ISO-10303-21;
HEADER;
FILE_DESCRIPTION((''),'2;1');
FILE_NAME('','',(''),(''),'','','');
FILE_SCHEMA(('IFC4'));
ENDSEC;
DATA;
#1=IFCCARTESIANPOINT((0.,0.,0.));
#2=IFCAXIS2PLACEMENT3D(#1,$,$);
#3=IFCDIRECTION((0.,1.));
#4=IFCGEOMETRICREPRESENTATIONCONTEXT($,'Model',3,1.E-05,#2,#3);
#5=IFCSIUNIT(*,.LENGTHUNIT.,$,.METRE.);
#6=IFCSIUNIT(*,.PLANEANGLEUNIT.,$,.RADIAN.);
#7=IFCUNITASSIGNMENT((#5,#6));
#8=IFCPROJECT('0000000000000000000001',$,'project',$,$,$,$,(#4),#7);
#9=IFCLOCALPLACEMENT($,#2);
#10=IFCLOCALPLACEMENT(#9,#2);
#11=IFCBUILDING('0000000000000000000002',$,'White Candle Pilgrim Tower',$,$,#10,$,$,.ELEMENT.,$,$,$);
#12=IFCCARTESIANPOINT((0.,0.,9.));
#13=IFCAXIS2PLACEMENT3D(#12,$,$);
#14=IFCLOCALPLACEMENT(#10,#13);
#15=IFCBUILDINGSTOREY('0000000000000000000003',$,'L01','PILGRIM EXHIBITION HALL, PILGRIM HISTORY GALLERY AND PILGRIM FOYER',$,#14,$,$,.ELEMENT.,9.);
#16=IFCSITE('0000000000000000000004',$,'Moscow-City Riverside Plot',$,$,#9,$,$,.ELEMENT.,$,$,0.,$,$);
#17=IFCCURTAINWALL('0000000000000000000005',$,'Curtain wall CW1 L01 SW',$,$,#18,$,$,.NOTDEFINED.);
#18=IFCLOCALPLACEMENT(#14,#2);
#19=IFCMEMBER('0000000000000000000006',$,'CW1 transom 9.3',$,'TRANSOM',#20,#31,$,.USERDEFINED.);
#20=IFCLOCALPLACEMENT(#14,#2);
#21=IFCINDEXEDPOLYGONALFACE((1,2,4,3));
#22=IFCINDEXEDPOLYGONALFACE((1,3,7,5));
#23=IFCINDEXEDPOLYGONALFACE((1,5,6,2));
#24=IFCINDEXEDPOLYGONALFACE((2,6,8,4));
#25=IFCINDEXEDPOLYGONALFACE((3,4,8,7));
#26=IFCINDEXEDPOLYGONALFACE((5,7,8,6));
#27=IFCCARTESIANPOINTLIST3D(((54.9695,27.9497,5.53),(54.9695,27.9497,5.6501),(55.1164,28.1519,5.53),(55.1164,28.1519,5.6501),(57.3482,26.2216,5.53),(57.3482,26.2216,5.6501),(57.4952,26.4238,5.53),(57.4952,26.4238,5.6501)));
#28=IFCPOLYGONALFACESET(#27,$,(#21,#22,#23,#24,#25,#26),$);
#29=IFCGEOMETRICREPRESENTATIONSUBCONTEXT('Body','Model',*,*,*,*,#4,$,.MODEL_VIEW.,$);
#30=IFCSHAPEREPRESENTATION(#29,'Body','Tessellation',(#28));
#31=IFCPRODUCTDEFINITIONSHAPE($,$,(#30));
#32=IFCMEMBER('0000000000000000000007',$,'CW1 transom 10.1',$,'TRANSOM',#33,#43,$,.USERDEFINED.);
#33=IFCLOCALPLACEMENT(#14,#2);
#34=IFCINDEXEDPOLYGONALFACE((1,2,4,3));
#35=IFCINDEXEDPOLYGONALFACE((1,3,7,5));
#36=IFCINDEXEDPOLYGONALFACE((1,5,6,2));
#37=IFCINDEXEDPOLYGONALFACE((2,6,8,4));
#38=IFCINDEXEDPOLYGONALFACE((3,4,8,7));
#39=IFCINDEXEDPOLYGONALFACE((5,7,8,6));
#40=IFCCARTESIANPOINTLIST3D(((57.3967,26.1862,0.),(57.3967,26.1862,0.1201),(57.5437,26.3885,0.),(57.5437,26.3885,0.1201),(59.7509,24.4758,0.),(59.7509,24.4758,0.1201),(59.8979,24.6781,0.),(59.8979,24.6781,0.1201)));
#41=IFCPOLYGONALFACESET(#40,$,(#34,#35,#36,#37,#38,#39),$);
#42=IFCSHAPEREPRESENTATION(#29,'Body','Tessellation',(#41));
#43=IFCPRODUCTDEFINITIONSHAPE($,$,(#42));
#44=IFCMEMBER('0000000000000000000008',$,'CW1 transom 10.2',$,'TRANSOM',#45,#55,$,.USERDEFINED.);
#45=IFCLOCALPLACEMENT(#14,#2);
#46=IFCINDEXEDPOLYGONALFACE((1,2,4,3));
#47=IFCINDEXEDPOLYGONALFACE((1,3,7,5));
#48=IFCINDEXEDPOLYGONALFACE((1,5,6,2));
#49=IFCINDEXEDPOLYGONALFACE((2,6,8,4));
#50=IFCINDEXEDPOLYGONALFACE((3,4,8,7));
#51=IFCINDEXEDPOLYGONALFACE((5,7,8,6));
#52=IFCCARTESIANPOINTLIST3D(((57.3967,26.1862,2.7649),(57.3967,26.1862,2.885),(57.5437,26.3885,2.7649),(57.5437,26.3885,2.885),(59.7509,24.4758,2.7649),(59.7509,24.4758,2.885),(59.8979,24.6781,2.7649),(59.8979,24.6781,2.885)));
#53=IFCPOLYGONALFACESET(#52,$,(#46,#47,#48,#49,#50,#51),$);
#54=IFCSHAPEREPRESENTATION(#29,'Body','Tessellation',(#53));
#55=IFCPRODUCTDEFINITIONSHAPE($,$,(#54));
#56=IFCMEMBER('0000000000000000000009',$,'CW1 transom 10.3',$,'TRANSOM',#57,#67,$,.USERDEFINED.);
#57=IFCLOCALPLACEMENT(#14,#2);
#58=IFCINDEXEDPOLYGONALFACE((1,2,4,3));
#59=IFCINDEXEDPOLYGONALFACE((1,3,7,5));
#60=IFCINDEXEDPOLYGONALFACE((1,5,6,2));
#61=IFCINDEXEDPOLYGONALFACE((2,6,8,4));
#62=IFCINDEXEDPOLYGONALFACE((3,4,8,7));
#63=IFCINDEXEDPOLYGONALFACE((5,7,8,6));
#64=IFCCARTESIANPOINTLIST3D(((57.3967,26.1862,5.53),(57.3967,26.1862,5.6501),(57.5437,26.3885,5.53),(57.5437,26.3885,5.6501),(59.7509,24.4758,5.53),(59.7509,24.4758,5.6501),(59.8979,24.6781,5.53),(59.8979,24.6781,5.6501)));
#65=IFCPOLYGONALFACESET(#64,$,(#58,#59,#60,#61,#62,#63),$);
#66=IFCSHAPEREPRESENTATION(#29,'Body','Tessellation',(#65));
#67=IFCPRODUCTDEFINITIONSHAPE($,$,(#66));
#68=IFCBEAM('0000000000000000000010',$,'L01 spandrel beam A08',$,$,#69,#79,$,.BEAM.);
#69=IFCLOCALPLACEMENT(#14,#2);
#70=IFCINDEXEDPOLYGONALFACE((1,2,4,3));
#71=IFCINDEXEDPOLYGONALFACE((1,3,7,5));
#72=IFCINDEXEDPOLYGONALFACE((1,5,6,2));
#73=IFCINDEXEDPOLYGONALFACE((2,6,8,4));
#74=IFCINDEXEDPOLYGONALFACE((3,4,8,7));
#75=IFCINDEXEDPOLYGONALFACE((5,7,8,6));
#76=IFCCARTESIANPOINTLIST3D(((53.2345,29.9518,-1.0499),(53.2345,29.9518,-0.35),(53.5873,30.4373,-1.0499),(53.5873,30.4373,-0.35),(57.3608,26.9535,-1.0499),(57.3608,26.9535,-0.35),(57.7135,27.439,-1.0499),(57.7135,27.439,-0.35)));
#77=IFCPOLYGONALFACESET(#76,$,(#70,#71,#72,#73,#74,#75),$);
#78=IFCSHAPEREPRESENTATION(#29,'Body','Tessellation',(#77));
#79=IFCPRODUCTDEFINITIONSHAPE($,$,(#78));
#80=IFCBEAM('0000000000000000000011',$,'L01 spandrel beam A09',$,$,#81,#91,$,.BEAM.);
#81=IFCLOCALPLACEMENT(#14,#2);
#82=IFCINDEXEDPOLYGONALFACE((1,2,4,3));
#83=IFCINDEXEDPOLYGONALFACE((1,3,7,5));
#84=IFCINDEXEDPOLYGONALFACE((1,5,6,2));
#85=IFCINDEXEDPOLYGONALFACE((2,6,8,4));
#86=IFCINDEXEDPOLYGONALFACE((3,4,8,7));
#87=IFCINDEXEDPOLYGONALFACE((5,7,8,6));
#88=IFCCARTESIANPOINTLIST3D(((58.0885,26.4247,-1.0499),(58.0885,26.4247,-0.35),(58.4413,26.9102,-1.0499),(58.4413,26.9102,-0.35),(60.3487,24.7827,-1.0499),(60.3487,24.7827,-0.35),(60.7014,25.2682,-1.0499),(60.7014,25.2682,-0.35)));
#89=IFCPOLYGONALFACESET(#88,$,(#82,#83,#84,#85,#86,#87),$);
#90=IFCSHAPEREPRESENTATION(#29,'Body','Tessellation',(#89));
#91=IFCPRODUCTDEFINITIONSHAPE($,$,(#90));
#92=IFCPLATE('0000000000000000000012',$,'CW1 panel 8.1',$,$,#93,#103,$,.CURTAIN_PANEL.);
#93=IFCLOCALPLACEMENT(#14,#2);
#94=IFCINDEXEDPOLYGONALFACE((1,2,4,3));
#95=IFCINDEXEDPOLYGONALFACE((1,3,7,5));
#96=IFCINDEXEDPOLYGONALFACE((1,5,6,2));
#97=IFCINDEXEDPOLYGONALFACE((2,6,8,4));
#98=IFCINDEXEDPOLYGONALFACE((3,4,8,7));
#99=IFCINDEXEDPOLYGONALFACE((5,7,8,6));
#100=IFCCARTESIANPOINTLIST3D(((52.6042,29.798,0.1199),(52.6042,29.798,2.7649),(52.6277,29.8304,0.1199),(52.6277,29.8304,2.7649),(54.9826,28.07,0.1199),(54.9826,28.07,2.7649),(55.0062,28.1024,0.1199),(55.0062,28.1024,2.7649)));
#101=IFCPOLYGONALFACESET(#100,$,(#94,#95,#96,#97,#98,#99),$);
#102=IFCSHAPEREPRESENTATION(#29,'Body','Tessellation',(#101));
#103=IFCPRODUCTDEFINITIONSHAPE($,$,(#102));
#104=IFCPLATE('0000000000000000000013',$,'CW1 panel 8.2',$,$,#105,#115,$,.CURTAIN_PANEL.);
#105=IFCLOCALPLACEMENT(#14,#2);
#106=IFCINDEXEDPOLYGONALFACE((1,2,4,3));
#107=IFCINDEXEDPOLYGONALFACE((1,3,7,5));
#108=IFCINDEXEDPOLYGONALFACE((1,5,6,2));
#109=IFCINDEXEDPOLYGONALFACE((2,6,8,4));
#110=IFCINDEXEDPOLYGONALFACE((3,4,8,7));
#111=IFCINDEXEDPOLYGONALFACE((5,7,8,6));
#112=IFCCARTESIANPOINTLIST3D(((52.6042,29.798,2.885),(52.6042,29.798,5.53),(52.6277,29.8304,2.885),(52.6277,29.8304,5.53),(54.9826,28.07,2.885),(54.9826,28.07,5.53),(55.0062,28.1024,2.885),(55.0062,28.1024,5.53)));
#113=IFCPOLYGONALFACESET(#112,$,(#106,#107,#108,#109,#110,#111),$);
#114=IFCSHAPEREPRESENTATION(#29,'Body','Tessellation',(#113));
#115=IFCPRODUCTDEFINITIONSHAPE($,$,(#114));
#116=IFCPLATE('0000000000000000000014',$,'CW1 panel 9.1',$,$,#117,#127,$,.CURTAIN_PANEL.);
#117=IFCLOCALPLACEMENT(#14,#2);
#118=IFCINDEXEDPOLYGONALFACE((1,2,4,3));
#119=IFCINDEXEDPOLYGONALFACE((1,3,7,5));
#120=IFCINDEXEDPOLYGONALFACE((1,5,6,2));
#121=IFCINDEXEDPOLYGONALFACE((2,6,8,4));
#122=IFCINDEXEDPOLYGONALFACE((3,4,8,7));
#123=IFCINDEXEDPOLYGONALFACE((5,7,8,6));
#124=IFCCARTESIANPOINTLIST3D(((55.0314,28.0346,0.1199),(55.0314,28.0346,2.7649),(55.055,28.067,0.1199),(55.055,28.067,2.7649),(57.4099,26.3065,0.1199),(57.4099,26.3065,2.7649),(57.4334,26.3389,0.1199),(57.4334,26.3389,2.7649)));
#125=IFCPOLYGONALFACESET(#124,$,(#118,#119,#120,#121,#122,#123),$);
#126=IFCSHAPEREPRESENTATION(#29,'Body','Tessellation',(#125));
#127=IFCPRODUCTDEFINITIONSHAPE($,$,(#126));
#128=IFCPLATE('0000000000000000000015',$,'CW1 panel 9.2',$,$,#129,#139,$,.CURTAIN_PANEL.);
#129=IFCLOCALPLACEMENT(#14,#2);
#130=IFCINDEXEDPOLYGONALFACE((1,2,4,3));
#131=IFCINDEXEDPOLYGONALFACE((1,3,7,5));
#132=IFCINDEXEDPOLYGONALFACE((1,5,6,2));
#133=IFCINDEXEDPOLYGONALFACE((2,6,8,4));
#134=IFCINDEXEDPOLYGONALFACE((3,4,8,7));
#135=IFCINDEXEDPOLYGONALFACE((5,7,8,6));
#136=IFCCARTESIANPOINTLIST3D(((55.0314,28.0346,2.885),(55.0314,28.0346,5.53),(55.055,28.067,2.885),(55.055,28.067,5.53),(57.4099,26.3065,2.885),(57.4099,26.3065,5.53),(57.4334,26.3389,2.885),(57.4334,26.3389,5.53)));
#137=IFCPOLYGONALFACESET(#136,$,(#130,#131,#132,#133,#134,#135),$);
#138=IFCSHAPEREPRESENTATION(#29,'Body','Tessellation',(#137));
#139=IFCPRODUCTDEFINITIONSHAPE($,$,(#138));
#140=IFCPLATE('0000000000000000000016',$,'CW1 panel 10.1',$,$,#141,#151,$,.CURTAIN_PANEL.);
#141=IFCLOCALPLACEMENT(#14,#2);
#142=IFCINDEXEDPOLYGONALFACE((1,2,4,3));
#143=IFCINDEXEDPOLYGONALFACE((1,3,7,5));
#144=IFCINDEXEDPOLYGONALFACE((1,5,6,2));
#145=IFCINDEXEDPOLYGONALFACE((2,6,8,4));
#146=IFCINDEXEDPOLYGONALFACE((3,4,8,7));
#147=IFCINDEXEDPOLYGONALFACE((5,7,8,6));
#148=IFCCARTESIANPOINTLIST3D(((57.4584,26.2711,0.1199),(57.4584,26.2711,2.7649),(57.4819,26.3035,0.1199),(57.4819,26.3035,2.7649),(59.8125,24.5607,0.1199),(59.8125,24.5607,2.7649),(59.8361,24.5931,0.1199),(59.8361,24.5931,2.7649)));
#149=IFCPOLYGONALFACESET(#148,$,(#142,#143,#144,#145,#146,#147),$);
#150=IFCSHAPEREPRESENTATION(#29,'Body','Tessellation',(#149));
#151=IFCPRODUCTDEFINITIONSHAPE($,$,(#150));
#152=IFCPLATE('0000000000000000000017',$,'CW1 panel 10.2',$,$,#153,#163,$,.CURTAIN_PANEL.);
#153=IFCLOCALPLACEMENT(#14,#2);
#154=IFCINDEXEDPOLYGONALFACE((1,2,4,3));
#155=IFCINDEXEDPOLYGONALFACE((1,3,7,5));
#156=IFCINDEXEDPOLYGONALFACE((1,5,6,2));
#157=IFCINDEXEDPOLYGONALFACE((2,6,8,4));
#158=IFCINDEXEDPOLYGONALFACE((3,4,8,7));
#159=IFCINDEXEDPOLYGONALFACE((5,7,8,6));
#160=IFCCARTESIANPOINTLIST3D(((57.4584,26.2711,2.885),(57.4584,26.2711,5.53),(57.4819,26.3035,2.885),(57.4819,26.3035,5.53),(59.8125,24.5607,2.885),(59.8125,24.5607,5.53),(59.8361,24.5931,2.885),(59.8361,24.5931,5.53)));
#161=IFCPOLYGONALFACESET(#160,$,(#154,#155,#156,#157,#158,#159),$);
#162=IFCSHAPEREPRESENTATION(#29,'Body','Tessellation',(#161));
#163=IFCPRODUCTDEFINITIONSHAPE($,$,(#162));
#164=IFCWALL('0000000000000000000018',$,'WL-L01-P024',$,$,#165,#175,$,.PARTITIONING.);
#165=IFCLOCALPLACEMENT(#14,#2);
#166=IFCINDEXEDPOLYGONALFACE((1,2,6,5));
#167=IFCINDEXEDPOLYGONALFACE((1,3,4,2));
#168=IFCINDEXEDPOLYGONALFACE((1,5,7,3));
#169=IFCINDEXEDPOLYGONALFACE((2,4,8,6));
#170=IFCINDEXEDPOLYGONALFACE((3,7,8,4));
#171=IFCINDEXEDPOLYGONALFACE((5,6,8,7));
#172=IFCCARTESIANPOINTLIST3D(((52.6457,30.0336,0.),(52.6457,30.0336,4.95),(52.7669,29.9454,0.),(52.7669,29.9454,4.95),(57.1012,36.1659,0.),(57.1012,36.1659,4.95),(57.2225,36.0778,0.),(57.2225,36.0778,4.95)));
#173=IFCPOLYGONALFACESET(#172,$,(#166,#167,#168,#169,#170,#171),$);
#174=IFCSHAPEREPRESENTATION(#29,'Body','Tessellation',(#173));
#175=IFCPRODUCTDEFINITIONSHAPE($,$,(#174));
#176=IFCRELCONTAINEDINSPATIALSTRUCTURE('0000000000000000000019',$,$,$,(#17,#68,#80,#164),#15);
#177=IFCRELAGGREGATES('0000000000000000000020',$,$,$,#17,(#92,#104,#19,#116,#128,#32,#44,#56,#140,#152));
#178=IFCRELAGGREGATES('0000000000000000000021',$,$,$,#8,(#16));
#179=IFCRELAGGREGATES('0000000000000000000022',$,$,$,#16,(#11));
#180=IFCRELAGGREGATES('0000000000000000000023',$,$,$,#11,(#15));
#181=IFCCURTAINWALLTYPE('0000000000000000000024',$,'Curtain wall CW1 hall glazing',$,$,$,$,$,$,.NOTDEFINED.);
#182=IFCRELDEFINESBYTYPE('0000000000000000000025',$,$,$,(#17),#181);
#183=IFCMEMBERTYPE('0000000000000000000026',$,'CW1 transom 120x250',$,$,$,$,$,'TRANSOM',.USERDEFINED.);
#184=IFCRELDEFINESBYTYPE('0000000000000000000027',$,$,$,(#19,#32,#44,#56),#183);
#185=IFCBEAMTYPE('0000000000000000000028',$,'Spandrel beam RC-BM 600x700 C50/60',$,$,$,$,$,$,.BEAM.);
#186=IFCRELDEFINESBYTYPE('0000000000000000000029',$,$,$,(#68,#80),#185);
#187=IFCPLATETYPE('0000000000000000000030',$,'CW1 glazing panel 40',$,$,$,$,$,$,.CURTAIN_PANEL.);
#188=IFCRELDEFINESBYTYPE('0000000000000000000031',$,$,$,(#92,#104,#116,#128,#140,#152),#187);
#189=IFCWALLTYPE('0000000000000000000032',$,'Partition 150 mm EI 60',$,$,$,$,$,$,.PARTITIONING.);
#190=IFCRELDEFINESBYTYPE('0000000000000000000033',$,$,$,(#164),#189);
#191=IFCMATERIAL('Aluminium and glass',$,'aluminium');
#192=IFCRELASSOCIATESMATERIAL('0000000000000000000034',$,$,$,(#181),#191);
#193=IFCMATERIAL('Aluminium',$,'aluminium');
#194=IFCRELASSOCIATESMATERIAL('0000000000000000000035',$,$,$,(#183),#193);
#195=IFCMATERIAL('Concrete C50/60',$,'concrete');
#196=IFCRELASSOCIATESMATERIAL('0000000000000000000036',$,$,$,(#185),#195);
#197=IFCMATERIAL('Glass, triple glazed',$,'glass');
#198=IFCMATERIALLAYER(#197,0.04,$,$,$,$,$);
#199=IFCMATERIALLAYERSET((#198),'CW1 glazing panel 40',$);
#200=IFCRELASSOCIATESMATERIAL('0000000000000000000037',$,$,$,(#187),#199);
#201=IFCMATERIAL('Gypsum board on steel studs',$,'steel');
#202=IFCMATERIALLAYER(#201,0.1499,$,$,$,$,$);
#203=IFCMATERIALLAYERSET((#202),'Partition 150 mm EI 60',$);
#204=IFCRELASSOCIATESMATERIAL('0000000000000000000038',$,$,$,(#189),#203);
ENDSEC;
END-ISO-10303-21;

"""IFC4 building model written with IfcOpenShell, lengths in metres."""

from ifc_helpers import new_model, si_unit, direction, frame, frame_2d, origin, origin_2d, place, context, subcontext, project, spatial, rectangle, extrude, material, layer, layer_set, material_profile, profile_set, type_object, element, aggregate, save


model = new_model("IFC4")

# Units and contexts
model_context = context("Model", 3, precision=1e-05, world=origin(), true_north=direction((0.0, 1.0)))
body_context = subcontext(model_context, "Body", "Model", "MODEL_VIEW")
ifc_project = project(units=[si_unit("LENGTHUNIT", "METRE"), si_unit("PLANEANGLEUNIT", "RADIAN")], contexts=[model_context])

# Site, building, storey
site_placement = place(None, origin())
site = spatial("IfcSite", under=ifc_project, at=site_placement, Name="Moscow-City Riverside Plot", CompositionType="ELEMENT", RefElevation=0.0)
building_placement = place(site_placement, origin())
building = spatial("IfcBuilding", under=site, at=building_placement, Name="White Candle Pilgrim Tower", CompositionType="ELEMENT")
storey_placement = place(building_placement, frame((0.0, 0.0, 9.0)))
storey = spatial("IfcBuildingStorey", under=building, at=storey_placement, Name="L01", Description="PILGRIM EXHIBITION HALL, PILGRIM HISTORY GALLERY AND PILGRIM FOYER", CompositionType="ELEMENT", Elevation=9.0)

# Curtain wall, members
ifc_material_1 = material(Name="Aluminium and glass", Category="aluminium")
curtain_wall_type = type_object("IfcCurtainWallType", Name="Curtain wall CW1 hall glazing", PredefinedType="NOTDEFINED", material=ifc_material_1)
curtain_wall_placement = place(storey_placement, origin())
curtain_wall = element("IfcCurtainWall", 1, at=curtain_wall_placement, inside=storey, type_object=curtain_wall_type, Name="Curtain wall CW1 L01 SW", PredefinedType="NOTDEFINED")
ifc_material_2 = material(Name="Aluminium", Category="aluminium")
ifc_material_profile_1 = material_profile(ifc_material_2, rectangle(XDim=0.25, YDim=0.1201, at=origin_2d()), Name="CW1 transom 120x250")
ifc_profile_set_1 = profile_set([ifc_material_profile_1], Name="Aluminium")
member_type_1 = type_object("IfcMemberType", Name="CW1 transom 120x250", ElementType="TRANSOM", PredefinedType="USERDEFINED", material=ifc_profile_set_1)
member_1_placement = place(storey_placement, frame((55.043, 28.0508, 5.5901), z_axis=(0.809045, -0.587747, 0.0), x_axis=(0.587747, 0.809045, 0.0)))
member_1 = element("IfcMember", 2, at=member_1_placement, type_object=member_type_1, Name="CW1 transom 9.3", ObjectType="TRANSOM", PredefinedType="USERDEFINED", context=body_context, shape_type="SweptSolid", body=[
    extrude(rectangle(XDim=0.25, YDim=0.1201, at=origin_2d()), origin(), (0.0, 0.0, 1.0), 2.9402),
])
member_2_placement = place(storey_placement, frame((57.4702, 26.2874, 0.0601), z_axis=(0.809019, -0.587783, 0.0), x_axis=(0.587783, 0.809019, 0.0)))
member_2 = element("IfcMember", 3, at=member_2_placement, type_object=member_type_1, Name="CW1 transom 10.1", ObjectType="TRANSOM", PredefinedType="USERDEFINED", context=body_context, shape_type="SweptSolid", body=[
    extrude(rectangle(XDim=0.25, YDim=0.1201, at=origin_2d()), origin(), (0.0, 0.0, 1.0), 2.9099),
])
member_3_placement = place(storey_placement, frame((57.4702, 26.2874, 2.825), z_axis=(0.809019, -0.587783, 0.0), x_axis=(0.587783, 0.809019, 0.0)))
member_3 = element("IfcMember", 4, at=member_3_placement, type_object=member_type_1, Name="CW1 transom 10.2", ObjectType="TRANSOM", PredefinedType="USERDEFINED", context=body_context, shape_type="SweptSolid", body=[
    extrude(rectangle(XDim=0.25, YDim=0.1201, at=origin_2d()), origin(), (0.0, 0.0, 1.0), 2.9099),
])
member_4_placement = place(storey_placement, frame((57.4702, 26.2874, 5.5901), z_axis=(0.809019, -0.587783, 0.0), x_axis=(0.587783, 0.809019, 0.0)))
member_4 = element("IfcMember", 5, at=member_4_placement, type_object=member_type_1, Name="CW1 transom 10.3", ObjectType="TRANSOM", PredefinedType="USERDEFINED", context=body_context, shape_type="SweptSolid", body=[
    extrude(rectangle(XDim=0.25, YDim=0.1201, at=origin_2d()), origin(), (0.0, 0.0, 1.0), 2.9099),
])

# Beams
ifc_material_3 = material(Name="Concrete C50/60", Category="concrete")
ifc_material_profile_2 = material_profile(ifc_material_3, rectangle(XDim=0.6001, YDim=0.7, at=origin_2d()), Name="RC-BM 600x700")
ifc_profile_set_2 = profile_set([ifc_material_profile_2], Name="Concrete C50/60")
beam_type = type_object("IfcBeamType", Name="Spandrel beam RC-BM 600x700 C50/60", PredefinedType="BEAM", material=ifc_profile_set_2)
beam_1_placement = place(storey_placement, frame((53.4109, 30.1946, -0.7), z_axis=(0.808978, -0.587839, 0.0), x_axis=(0.587839, 0.808978, 0.0)))
element("IfcBeam", 6, at=beam_1_placement, inside=storey, type_object=beam_type, Name="L01 spandrel beam A08", PredefinedType="BEAM", context=body_context, shape_type="SweptSolid", body=[
    extrude(rectangle(XDim=0.6001, YDim=0.7, at=origin_2d()), origin(), (0.0, 0.0, 1.0), 5.1006),
])
beam_2_placement = place(storey_placement, frame((58.2649, 26.6675, -0.7), z_axis=(0.809031, -0.587766, 0.0), x_axis=(0.587766, 0.809031, 0.0)))
element("IfcBeam", 7, at=beam_2_placement, inside=storey, type_object=beam_type, Name="L01 spandrel beam A09", PredefinedType="BEAM", context=body_context, shape_type="SweptSolid", body=[
    extrude(rectangle(XDim=0.6001, YDim=0.7, at=origin_2d()), origin(), (0.0, 0.0, 1.0), 2.7937),
])

# Plates
ifc_material_4 = material(Name="Glass, triple glazed", Category="glass")
ifc_layer_1 = layer(ifc_material_4, 0.04)
ifc_layer_set_1 = layer_set([ifc_layer_1], Name="CW1 glazing panel 40")
plate_type = type_object("IfcPlateType", Name="CW1 glazing panel 40", PredefinedType="CURTAIN_PANEL", material=ifc_layer_set_1)
plate_1_placement = place(storey_placement, frame((53.8052, 28.9502, 0.1199), z_axis=(0.0, 0.0, 1.0), x_axis=(0.809017, -0.587785, 0.0)))
plate_1 = element("IfcPlate", 8, at=plate_1_placement, type_object=plate_type, Name="CW1 panel 8.1", PredefinedType="CURTAIN_PANEL", context=body_context, shape_type="SweptSolid", body=[
    extrude(rectangle(XDim=2.9399, YDim=0.04, at=origin_2d()), origin(), (0.0, 0.0, 1.0), 2.645),
])
plate_2_placement = place(storey_placement, frame((53.8052, 28.9502, 2.885), z_axis=(0.0, 0.0, 1.0), x_axis=(0.809017, -0.587785, 0.0)))
plate_2 = element("IfcPlate", 9, at=plate_2_placement, type_object=plate_type, Name="CW1 panel 8.2", PredefinedType="CURTAIN_PANEL", context=body_context, shape_type="SweptSolid", body=[
    extrude(rectangle(XDim=2.9399, YDim=0.04, at=origin_2d()), origin(), (0.0, 0.0, 1.0), 2.645),
])
plate_3_placement = place(storey_placement, frame((56.2324, 27.1868, 0.1199), z_axis=(0.0, 0.0, 1.0), x_axis=(0.809017, -0.587785, 0.0)))
plate_3 = element("IfcPlate", 10, at=plate_3_placement, type_object=plate_type, Name="CW1 panel 9.1", PredefinedType="CURTAIN_PANEL", context=body_context, shape_type="SweptSolid", body=[
    extrude(rectangle(XDim=2.9399, YDim=0.04, at=origin_2d()), origin(), (0.0, 0.0, 1.0), 2.645),
])
plate_4_placement = place(storey_placement, frame((56.2324, 27.1868, 2.885), z_axis=(0.0, 0.0, 1.0), x_axis=(0.809017, -0.587785, 0.0)))
plate_4 = element("IfcPlate", 11, at=plate_4_placement, type_object=plate_type, Name="CW1 panel 9.2", PredefinedType="CURTAIN_PANEL", context=body_context, shape_type="SweptSolid", body=[
    extrude(rectangle(XDim=2.9399, YDim=0.04, at=origin_2d()), origin(), (0.0, 0.0, 1.0), 2.645),
])
plate_5_placement = place(storey_placement, frame((58.6472, 25.4321, 0.1199), z_axis=(0.0, 0.0, 1.0), x_axis=(0.809017, -0.587785, 0.0)))
plate_5 = element("IfcPlate", 12, at=plate_5_placement, type_object=plate_type, Name="CW1 panel 10.1", PredefinedType="CURTAIN_PANEL", context=body_context, shape_type="SweptSolid", body=[
    extrude(rectangle(XDim=2.9099, YDim=0.04, at=origin_2d()), origin(), (0.0, 0.0, 1.0), 2.645),
])
plate_6_placement = place(storey_placement, frame((58.6472, 25.4321, 2.885), z_axis=(0.0, 0.0, 1.0), x_axis=(0.809017, -0.587785, 0.0)))
plate_6 = element("IfcPlate", 13, at=plate_6_placement, type_object=plate_type, Name="CW1 panel 10.2", PredefinedType="CURTAIN_PANEL", context=body_context, shape_type="SweptSolid", body=[
    extrude(rectangle(XDim=2.9099, YDim=0.04, at=origin_2d()), origin(), (0.0, 0.0, 1.0), 2.645),
])
aggregate(curtain_wall, [plate_1, plate_2, member_1, plate_3, plate_4, member_2, member_3, member_4, plate_5, plate_6])

# Wall
ifc_material_5 = material(Name="Gypsum board on steel studs", Category="steel")
ifc_layer_2 = layer(ifc_material_5, 0.1499)
ifc_layer_set_2 = layer_set([ifc_layer_2], Name="Partition 150 mm EI 60")
wall_type = type_object("IfcWallType", Name="Partition 150 mm EI 60", PredefinedType="PARTITIONING", material=ifc_layer_set_2)
wall_placement = place(storey_placement, frame((52.7063, 29.9895, 0.0), z_axis=(0.0, 0.0, 1.0), x_axis=(0.5878, 0.809006, 0.0)))
element("IfcWall", 14, at=wall_placement, inside=storey, type_object=wall_type, Name="WL-L01-P024", PredefinedType="PARTITIONING", context=body_context, shape_type="SweptSolid", body=[
    extrude(rectangle(XDim=7.5801, YDim=0.1499, at=frame_2d((3.79, 0.0))), origin(), (0.0, 0.0, 1.0), 4.95),
])

save(model, "model.ifc")
